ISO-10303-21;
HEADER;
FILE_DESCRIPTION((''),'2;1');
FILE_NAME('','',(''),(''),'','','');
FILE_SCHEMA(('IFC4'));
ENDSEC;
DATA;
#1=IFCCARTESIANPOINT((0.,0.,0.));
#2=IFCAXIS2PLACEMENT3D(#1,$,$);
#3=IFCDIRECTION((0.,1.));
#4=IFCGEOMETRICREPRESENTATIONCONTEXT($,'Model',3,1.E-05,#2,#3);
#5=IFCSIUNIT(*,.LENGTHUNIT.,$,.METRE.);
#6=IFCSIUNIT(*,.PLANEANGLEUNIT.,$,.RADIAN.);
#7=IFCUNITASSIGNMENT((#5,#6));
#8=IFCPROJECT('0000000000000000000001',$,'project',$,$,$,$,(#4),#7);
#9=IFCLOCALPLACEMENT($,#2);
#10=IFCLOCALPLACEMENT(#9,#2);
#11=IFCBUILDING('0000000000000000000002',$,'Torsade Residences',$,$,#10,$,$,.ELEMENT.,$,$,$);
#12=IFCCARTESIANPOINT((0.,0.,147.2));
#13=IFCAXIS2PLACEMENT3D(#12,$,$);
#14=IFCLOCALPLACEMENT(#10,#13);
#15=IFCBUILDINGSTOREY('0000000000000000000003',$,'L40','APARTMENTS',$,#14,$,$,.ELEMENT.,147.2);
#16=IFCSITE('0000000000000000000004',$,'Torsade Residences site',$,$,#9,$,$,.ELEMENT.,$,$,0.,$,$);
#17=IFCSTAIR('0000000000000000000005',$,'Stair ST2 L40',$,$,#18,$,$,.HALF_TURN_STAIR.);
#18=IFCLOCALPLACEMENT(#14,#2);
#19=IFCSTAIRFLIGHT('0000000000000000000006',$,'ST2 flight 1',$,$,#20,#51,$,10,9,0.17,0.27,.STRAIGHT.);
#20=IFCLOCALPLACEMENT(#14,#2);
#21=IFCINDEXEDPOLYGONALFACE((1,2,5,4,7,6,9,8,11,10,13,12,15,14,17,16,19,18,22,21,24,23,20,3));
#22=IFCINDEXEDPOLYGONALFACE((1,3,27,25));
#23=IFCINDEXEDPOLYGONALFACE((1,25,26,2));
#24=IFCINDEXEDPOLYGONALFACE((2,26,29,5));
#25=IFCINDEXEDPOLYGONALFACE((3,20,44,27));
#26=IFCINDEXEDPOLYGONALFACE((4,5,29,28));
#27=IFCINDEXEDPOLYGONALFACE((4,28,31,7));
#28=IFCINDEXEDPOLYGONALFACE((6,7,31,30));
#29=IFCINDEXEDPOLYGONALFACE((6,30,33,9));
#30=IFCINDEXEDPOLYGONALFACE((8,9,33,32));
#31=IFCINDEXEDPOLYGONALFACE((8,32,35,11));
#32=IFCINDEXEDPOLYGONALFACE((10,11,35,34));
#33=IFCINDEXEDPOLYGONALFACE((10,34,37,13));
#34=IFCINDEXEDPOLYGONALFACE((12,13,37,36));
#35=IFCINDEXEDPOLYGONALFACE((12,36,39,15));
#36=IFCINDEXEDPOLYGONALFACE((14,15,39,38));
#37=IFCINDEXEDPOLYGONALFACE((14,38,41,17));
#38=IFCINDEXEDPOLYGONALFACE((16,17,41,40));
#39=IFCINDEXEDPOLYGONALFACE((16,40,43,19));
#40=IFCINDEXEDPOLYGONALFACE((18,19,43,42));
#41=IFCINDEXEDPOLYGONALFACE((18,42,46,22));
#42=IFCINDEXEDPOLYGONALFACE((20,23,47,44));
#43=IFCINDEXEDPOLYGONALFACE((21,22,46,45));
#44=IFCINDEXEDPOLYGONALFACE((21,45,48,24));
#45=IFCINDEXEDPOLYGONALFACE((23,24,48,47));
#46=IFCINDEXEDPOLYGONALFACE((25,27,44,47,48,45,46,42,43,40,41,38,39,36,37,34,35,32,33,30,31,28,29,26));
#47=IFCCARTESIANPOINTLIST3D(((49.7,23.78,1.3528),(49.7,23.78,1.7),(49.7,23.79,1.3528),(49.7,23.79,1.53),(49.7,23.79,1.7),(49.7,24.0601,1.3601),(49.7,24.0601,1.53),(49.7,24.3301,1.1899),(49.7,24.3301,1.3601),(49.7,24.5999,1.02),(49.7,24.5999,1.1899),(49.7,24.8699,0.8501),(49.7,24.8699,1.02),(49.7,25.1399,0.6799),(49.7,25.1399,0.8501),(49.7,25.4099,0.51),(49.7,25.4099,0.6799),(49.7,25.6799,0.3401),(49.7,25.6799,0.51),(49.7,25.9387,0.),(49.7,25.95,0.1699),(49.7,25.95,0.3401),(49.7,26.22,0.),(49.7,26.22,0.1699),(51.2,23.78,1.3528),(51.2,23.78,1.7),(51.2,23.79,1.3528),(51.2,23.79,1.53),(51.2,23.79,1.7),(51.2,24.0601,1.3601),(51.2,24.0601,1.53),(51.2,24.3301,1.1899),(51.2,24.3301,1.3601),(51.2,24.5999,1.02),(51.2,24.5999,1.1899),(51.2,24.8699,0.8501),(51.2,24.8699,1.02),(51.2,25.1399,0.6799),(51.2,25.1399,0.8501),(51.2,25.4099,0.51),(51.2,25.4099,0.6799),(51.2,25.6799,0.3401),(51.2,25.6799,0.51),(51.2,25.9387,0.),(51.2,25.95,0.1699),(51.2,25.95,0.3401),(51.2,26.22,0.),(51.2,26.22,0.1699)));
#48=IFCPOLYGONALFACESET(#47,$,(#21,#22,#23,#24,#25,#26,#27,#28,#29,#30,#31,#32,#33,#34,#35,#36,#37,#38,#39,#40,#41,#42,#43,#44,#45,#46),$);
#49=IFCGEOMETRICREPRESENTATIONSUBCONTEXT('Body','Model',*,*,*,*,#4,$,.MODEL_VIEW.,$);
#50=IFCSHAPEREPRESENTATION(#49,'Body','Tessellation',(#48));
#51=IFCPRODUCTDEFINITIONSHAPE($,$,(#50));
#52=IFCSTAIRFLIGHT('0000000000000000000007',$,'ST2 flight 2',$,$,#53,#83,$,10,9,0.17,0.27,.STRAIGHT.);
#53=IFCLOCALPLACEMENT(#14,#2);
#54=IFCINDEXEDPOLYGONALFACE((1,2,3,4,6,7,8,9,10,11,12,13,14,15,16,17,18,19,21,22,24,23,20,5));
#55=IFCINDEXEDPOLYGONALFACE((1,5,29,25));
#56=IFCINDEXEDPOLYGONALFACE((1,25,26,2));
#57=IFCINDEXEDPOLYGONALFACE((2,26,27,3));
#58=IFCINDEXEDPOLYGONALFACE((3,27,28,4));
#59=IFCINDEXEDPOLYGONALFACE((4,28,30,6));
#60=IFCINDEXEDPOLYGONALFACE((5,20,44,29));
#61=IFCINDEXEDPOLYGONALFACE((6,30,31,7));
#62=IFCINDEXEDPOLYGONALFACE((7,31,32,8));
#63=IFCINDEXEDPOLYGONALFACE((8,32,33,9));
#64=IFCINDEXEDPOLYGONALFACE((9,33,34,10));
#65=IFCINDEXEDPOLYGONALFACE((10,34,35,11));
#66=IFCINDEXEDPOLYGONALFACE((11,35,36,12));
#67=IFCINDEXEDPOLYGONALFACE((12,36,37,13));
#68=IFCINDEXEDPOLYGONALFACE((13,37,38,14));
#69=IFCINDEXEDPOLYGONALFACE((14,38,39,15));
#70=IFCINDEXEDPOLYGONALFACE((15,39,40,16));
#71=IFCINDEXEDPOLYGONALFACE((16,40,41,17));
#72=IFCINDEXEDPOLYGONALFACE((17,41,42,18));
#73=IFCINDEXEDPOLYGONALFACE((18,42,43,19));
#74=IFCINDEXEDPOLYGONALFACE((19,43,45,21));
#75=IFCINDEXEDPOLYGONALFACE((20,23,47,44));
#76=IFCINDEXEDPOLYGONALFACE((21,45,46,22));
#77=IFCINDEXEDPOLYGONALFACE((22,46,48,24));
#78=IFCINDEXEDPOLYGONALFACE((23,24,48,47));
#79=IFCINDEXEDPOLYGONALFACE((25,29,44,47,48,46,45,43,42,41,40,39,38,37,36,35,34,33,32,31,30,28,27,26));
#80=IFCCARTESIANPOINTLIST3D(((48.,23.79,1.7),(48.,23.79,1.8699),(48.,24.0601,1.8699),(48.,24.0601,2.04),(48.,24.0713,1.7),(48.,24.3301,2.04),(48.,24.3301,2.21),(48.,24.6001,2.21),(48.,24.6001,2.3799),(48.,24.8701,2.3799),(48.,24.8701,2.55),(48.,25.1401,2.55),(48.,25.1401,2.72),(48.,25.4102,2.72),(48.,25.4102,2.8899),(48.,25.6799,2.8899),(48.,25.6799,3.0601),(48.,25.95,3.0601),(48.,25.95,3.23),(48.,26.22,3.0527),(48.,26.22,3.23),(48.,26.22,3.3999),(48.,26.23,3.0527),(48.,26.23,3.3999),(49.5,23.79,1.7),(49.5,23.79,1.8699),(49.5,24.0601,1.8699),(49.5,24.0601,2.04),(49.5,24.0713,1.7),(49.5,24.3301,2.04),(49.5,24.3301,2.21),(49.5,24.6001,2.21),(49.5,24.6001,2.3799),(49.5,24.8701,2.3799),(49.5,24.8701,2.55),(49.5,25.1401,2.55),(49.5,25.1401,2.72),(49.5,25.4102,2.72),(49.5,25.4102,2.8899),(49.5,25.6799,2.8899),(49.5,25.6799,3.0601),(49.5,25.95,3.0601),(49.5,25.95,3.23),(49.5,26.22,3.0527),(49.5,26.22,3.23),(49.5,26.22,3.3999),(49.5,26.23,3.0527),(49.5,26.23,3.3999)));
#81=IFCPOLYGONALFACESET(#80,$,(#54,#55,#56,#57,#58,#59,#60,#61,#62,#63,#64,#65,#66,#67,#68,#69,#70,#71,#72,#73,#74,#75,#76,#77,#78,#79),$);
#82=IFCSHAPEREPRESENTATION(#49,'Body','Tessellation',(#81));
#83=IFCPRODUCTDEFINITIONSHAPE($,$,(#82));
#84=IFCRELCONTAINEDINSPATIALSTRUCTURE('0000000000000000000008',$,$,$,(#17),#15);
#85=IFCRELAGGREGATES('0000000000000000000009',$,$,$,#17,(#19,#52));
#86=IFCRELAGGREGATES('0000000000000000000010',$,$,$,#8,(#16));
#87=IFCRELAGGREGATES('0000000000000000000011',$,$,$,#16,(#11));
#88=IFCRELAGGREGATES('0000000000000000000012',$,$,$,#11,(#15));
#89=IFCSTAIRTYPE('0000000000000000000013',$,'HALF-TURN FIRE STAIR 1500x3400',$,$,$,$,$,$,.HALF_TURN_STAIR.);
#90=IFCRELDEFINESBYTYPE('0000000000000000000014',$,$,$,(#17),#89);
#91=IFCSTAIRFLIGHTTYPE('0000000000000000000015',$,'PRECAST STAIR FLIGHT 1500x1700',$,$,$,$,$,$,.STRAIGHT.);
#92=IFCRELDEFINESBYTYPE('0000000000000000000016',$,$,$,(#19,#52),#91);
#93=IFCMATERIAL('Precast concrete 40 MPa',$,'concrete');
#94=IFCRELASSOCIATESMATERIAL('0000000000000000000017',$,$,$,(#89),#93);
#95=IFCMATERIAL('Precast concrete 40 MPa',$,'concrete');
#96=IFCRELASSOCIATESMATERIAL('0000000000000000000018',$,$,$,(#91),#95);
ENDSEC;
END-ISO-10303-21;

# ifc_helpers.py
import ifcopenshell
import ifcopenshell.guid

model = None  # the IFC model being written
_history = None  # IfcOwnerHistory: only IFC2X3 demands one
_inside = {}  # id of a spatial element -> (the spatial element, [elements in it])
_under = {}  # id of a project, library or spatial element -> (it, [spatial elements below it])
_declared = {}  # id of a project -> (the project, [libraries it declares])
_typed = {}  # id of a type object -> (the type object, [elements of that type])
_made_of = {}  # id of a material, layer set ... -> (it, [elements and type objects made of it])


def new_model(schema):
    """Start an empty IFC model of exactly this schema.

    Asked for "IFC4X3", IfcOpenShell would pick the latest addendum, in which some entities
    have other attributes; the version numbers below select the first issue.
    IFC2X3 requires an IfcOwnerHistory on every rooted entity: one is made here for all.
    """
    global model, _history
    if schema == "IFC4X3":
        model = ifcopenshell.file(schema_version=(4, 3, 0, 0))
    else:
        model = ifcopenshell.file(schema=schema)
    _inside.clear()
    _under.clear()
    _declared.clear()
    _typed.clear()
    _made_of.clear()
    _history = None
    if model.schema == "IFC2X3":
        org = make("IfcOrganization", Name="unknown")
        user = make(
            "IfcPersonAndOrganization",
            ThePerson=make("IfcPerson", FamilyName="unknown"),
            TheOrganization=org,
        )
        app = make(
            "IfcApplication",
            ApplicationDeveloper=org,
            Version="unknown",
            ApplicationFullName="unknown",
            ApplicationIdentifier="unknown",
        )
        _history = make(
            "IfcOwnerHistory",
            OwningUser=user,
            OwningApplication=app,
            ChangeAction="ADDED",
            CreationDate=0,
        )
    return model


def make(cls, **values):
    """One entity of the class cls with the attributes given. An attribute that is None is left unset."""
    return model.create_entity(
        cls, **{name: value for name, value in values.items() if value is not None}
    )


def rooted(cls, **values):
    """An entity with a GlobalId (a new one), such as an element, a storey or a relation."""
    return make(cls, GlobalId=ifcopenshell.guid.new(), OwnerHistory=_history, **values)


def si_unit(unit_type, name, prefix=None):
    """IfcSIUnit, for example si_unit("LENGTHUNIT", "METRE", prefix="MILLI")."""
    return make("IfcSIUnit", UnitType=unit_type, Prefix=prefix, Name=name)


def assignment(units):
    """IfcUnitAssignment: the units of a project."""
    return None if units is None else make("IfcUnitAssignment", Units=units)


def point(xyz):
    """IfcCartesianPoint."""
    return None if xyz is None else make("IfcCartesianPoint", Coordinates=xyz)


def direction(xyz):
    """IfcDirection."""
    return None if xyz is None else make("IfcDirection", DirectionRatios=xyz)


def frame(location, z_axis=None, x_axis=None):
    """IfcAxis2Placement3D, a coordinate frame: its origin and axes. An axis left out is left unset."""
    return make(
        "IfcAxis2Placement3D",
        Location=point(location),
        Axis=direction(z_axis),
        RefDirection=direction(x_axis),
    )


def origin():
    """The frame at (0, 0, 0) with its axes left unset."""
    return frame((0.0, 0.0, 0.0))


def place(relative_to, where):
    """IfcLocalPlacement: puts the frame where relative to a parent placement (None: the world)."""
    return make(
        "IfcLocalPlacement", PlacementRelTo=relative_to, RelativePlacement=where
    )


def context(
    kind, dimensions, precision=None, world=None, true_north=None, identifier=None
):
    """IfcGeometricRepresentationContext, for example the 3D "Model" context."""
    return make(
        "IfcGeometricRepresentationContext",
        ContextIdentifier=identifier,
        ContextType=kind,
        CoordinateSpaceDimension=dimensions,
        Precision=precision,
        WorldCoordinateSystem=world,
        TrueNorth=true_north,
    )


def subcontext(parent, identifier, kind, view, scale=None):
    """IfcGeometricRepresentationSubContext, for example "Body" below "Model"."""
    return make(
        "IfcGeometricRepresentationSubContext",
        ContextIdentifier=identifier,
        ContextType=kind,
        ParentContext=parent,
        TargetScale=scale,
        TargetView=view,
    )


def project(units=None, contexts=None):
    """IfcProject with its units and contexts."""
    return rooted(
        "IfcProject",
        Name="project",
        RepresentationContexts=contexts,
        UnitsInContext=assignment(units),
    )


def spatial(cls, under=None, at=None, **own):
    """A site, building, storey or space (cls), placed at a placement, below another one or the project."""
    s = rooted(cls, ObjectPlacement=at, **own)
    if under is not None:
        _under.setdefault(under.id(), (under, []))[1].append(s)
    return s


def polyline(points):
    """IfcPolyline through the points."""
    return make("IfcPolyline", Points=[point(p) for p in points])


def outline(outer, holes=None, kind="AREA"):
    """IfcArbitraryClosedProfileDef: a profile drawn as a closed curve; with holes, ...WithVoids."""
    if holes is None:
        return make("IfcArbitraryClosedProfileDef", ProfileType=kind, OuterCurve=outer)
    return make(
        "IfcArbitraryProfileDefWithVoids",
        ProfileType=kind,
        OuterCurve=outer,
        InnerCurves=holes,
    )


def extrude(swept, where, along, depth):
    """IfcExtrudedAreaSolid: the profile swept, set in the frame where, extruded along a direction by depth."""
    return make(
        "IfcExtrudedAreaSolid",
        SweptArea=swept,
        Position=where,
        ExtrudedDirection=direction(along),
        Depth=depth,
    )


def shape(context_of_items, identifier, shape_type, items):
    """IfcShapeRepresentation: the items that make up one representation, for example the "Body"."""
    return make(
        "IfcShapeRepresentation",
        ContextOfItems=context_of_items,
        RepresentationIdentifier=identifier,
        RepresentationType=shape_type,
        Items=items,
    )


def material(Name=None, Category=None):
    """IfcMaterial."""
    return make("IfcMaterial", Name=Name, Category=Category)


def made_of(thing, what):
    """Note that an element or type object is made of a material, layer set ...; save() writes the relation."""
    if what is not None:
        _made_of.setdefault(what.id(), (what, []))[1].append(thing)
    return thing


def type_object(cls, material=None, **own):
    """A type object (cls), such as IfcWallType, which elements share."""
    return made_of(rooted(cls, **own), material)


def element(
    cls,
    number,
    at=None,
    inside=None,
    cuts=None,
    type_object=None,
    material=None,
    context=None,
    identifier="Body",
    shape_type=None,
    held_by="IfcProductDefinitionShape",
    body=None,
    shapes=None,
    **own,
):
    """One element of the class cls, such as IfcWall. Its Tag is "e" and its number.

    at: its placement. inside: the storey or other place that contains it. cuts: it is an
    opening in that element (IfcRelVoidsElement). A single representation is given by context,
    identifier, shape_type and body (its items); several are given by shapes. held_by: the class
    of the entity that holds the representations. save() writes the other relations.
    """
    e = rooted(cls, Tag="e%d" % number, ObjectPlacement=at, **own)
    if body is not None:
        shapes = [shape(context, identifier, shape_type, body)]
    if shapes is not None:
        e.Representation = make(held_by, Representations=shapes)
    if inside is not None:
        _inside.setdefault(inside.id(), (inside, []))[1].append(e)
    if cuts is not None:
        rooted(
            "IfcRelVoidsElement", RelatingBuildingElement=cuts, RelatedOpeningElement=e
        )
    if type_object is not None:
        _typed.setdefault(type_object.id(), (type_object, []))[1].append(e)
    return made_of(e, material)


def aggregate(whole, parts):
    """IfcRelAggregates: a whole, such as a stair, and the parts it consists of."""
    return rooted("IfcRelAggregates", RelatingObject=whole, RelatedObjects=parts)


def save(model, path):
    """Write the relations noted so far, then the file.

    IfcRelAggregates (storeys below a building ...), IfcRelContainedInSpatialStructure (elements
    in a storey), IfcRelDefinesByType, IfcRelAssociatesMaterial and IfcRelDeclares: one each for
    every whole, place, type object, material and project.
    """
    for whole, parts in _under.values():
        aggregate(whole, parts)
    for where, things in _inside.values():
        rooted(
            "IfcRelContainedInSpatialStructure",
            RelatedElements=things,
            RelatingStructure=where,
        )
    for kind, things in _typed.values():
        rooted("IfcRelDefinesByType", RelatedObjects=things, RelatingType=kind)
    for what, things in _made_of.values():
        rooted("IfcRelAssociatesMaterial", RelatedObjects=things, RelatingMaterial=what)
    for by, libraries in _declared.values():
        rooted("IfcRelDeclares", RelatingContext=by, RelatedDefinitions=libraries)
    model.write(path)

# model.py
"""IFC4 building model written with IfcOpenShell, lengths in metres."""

from ifc_helpers import new_model, si_unit, direction, frame, origin, place, context, subcontext, project, spatial, polyline, outline, extrude, material, type_object, element, aggregate, save


model = new_model("IFC4")

# Units and contexts
model_context = context("Model", 3, precision=1e-05, world=origin(), true_north=direction((0.0, 1.0)))
body_context = subcontext(model_context, "Body", "Model", "MODEL_VIEW")
ifc_project = project(units=[si_unit("LENGTHUNIT", "METRE"), si_unit("PLANEANGLEUNIT", "RADIAN")], contexts=[model_context])

# Site, building, storey
site_placement = place(None, origin())
site = spatial("IfcSite", under=ifc_project, at=site_placement, Name="Torsade Residences site", CompositionType="ELEMENT", RefElevation=0.0)
building_placement = place(site_placement, origin())
building = spatial("IfcBuilding", under=site, at=building_placement, Name="Torsade Residences", CompositionType="ELEMENT")
storey_placement = place(building_placement, frame((0.0, 0.0, 147.2)))
storey = spatial("IfcBuildingStorey", under=building, at=storey_placement, Name="L40", Description="APARTMENTS", CompositionType="ELEMENT", Elevation=147.2)

# Stair, stair flights
ifc_material_1 = material(Name="Precast concrete 40 MPa", Category="concrete")
stair_type = type_object("IfcStairType", Name="HALF-TURN FIRE STAIR 1500x3400", PredefinedType="HALF_TURN_STAIR", material=ifc_material_1)
stair_placement = place(storey_placement, origin())
stair = element("IfcStair", 1, at=stair_placement, inside=storey, type_object=stair_type, Name="Stair ST2 L40", PredefinedType="HALF_TURN_STAIR")
ifc_material_2 = material(Name="Precast concrete 40 MPa", Category="concrete")
stair_flight_type = type_object("IfcStairFlightType", Name="PRECAST STAIR FLIGHT 1500x1700", PredefinedType="STRAIGHT", material=ifc_material_2)
stair_flight_1_placement = place(storey_placement, frame((50.45, 26.22, 0.0), z_axis=(0.0, 0.0, 1.0), x_axis=(0.0, -1.0, 0.0)))
stair_flight_1 = element("IfcStairFlight", 2, at=stair_flight_1_placement, type_object=stair_flight_type, Name="ST2 flight 1", NumberOfRisers=10, NumberOfTreads=9, PredefinedType="STRAIGHT", RiserHeight=0.17, TreadLength=0.27, context=body_context, shape_type="SweptSolid", body=[
    extrude(outline(polyline([(0.0, 0.0), (0.0, 0.1699), (0.27, 0.1699), (0.27, 0.3401), (0.54, 0.3401), (0.54, 0.51), (0.8101, 0.51), (0.8101, 0.6799), (1.0801, 0.6799), (1.0801, 0.8501), (1.3501, 0.8501), (1.3501, 1.02), (1.6201, 1.02), (1.6201, 1.1899), (1.8899, 1.1899), (1.8899, 1.3601), (2.1599, 1.3601), (2.1599, 1.53), (2.4299, 1.53), (2.4299, 1.7), (2.4399, 1.7), (2.4399, 1.3528), (2.4299, 1.3528), (0.2812, 0.0), (0.0, 0.0)])), frame((0.0, 0.75, 0.0), z_axis=(0.0, -1.0, 0.0), x_axis=(1.0, 0.0, 0.0)), (0.0, 0.0, 1.0), 1.5),
])
stair_flight_2_placement = place(storey_placement, frame((48.75, 23.79, 1.7), z_axis=(0.0, 0.0, 1.0), x_axis=(0.0, 1.0, 0.0)))
stair_flight_2 = element("IfcStairFlight", 3, at=stair_flight_2_placement, type_object=stair_flight_type, Name="ST2 flight 2", NumberOfRisers=10, NumberOfTreads=9, PredefinedType="STRAIGHT", RiserHeight=0.17, TreadLength=0.27, context=body_context, shape_type="SweptSolid", body=[
    extrude(outline(polyline([(0.0, 0.0), (0.0, 0.1699), (0.27, 0.1699), (0.27, 0.3401), (0.54, 0.3401), (0.54, 0.51), (0.8101, 0.51), (0.8101, 0.6799), (1.0801, 0.6799), (1.0801, 0.8501), (1.3501, 0.8501), (1.3501, 1.02), (1.6201, 1.02), (1.6201, 1.1899), (1.8899, 1.1899), (1.8899, 1.3601), (2.1599, 1.3601), (2.1599, 1.53), (2.4299, 1.53), (2.4299, 1.7), (2.4399, 1.7), (2.4399, 1.3528), (2.4299, 1.3528), (0.2812, 0.0), (0.0, 0.0)])), frame((0.0, 0.75, 0.0), z_axis=(0.0, -1.0, 0.0), x_axis=(1.0, 0.0, 0.0)), (0.0, 0.0, 1.0), 1.5),
])
aggregate(stair, [stair_flight_1, stair_flight_2])

save(model, "model.ifc")
